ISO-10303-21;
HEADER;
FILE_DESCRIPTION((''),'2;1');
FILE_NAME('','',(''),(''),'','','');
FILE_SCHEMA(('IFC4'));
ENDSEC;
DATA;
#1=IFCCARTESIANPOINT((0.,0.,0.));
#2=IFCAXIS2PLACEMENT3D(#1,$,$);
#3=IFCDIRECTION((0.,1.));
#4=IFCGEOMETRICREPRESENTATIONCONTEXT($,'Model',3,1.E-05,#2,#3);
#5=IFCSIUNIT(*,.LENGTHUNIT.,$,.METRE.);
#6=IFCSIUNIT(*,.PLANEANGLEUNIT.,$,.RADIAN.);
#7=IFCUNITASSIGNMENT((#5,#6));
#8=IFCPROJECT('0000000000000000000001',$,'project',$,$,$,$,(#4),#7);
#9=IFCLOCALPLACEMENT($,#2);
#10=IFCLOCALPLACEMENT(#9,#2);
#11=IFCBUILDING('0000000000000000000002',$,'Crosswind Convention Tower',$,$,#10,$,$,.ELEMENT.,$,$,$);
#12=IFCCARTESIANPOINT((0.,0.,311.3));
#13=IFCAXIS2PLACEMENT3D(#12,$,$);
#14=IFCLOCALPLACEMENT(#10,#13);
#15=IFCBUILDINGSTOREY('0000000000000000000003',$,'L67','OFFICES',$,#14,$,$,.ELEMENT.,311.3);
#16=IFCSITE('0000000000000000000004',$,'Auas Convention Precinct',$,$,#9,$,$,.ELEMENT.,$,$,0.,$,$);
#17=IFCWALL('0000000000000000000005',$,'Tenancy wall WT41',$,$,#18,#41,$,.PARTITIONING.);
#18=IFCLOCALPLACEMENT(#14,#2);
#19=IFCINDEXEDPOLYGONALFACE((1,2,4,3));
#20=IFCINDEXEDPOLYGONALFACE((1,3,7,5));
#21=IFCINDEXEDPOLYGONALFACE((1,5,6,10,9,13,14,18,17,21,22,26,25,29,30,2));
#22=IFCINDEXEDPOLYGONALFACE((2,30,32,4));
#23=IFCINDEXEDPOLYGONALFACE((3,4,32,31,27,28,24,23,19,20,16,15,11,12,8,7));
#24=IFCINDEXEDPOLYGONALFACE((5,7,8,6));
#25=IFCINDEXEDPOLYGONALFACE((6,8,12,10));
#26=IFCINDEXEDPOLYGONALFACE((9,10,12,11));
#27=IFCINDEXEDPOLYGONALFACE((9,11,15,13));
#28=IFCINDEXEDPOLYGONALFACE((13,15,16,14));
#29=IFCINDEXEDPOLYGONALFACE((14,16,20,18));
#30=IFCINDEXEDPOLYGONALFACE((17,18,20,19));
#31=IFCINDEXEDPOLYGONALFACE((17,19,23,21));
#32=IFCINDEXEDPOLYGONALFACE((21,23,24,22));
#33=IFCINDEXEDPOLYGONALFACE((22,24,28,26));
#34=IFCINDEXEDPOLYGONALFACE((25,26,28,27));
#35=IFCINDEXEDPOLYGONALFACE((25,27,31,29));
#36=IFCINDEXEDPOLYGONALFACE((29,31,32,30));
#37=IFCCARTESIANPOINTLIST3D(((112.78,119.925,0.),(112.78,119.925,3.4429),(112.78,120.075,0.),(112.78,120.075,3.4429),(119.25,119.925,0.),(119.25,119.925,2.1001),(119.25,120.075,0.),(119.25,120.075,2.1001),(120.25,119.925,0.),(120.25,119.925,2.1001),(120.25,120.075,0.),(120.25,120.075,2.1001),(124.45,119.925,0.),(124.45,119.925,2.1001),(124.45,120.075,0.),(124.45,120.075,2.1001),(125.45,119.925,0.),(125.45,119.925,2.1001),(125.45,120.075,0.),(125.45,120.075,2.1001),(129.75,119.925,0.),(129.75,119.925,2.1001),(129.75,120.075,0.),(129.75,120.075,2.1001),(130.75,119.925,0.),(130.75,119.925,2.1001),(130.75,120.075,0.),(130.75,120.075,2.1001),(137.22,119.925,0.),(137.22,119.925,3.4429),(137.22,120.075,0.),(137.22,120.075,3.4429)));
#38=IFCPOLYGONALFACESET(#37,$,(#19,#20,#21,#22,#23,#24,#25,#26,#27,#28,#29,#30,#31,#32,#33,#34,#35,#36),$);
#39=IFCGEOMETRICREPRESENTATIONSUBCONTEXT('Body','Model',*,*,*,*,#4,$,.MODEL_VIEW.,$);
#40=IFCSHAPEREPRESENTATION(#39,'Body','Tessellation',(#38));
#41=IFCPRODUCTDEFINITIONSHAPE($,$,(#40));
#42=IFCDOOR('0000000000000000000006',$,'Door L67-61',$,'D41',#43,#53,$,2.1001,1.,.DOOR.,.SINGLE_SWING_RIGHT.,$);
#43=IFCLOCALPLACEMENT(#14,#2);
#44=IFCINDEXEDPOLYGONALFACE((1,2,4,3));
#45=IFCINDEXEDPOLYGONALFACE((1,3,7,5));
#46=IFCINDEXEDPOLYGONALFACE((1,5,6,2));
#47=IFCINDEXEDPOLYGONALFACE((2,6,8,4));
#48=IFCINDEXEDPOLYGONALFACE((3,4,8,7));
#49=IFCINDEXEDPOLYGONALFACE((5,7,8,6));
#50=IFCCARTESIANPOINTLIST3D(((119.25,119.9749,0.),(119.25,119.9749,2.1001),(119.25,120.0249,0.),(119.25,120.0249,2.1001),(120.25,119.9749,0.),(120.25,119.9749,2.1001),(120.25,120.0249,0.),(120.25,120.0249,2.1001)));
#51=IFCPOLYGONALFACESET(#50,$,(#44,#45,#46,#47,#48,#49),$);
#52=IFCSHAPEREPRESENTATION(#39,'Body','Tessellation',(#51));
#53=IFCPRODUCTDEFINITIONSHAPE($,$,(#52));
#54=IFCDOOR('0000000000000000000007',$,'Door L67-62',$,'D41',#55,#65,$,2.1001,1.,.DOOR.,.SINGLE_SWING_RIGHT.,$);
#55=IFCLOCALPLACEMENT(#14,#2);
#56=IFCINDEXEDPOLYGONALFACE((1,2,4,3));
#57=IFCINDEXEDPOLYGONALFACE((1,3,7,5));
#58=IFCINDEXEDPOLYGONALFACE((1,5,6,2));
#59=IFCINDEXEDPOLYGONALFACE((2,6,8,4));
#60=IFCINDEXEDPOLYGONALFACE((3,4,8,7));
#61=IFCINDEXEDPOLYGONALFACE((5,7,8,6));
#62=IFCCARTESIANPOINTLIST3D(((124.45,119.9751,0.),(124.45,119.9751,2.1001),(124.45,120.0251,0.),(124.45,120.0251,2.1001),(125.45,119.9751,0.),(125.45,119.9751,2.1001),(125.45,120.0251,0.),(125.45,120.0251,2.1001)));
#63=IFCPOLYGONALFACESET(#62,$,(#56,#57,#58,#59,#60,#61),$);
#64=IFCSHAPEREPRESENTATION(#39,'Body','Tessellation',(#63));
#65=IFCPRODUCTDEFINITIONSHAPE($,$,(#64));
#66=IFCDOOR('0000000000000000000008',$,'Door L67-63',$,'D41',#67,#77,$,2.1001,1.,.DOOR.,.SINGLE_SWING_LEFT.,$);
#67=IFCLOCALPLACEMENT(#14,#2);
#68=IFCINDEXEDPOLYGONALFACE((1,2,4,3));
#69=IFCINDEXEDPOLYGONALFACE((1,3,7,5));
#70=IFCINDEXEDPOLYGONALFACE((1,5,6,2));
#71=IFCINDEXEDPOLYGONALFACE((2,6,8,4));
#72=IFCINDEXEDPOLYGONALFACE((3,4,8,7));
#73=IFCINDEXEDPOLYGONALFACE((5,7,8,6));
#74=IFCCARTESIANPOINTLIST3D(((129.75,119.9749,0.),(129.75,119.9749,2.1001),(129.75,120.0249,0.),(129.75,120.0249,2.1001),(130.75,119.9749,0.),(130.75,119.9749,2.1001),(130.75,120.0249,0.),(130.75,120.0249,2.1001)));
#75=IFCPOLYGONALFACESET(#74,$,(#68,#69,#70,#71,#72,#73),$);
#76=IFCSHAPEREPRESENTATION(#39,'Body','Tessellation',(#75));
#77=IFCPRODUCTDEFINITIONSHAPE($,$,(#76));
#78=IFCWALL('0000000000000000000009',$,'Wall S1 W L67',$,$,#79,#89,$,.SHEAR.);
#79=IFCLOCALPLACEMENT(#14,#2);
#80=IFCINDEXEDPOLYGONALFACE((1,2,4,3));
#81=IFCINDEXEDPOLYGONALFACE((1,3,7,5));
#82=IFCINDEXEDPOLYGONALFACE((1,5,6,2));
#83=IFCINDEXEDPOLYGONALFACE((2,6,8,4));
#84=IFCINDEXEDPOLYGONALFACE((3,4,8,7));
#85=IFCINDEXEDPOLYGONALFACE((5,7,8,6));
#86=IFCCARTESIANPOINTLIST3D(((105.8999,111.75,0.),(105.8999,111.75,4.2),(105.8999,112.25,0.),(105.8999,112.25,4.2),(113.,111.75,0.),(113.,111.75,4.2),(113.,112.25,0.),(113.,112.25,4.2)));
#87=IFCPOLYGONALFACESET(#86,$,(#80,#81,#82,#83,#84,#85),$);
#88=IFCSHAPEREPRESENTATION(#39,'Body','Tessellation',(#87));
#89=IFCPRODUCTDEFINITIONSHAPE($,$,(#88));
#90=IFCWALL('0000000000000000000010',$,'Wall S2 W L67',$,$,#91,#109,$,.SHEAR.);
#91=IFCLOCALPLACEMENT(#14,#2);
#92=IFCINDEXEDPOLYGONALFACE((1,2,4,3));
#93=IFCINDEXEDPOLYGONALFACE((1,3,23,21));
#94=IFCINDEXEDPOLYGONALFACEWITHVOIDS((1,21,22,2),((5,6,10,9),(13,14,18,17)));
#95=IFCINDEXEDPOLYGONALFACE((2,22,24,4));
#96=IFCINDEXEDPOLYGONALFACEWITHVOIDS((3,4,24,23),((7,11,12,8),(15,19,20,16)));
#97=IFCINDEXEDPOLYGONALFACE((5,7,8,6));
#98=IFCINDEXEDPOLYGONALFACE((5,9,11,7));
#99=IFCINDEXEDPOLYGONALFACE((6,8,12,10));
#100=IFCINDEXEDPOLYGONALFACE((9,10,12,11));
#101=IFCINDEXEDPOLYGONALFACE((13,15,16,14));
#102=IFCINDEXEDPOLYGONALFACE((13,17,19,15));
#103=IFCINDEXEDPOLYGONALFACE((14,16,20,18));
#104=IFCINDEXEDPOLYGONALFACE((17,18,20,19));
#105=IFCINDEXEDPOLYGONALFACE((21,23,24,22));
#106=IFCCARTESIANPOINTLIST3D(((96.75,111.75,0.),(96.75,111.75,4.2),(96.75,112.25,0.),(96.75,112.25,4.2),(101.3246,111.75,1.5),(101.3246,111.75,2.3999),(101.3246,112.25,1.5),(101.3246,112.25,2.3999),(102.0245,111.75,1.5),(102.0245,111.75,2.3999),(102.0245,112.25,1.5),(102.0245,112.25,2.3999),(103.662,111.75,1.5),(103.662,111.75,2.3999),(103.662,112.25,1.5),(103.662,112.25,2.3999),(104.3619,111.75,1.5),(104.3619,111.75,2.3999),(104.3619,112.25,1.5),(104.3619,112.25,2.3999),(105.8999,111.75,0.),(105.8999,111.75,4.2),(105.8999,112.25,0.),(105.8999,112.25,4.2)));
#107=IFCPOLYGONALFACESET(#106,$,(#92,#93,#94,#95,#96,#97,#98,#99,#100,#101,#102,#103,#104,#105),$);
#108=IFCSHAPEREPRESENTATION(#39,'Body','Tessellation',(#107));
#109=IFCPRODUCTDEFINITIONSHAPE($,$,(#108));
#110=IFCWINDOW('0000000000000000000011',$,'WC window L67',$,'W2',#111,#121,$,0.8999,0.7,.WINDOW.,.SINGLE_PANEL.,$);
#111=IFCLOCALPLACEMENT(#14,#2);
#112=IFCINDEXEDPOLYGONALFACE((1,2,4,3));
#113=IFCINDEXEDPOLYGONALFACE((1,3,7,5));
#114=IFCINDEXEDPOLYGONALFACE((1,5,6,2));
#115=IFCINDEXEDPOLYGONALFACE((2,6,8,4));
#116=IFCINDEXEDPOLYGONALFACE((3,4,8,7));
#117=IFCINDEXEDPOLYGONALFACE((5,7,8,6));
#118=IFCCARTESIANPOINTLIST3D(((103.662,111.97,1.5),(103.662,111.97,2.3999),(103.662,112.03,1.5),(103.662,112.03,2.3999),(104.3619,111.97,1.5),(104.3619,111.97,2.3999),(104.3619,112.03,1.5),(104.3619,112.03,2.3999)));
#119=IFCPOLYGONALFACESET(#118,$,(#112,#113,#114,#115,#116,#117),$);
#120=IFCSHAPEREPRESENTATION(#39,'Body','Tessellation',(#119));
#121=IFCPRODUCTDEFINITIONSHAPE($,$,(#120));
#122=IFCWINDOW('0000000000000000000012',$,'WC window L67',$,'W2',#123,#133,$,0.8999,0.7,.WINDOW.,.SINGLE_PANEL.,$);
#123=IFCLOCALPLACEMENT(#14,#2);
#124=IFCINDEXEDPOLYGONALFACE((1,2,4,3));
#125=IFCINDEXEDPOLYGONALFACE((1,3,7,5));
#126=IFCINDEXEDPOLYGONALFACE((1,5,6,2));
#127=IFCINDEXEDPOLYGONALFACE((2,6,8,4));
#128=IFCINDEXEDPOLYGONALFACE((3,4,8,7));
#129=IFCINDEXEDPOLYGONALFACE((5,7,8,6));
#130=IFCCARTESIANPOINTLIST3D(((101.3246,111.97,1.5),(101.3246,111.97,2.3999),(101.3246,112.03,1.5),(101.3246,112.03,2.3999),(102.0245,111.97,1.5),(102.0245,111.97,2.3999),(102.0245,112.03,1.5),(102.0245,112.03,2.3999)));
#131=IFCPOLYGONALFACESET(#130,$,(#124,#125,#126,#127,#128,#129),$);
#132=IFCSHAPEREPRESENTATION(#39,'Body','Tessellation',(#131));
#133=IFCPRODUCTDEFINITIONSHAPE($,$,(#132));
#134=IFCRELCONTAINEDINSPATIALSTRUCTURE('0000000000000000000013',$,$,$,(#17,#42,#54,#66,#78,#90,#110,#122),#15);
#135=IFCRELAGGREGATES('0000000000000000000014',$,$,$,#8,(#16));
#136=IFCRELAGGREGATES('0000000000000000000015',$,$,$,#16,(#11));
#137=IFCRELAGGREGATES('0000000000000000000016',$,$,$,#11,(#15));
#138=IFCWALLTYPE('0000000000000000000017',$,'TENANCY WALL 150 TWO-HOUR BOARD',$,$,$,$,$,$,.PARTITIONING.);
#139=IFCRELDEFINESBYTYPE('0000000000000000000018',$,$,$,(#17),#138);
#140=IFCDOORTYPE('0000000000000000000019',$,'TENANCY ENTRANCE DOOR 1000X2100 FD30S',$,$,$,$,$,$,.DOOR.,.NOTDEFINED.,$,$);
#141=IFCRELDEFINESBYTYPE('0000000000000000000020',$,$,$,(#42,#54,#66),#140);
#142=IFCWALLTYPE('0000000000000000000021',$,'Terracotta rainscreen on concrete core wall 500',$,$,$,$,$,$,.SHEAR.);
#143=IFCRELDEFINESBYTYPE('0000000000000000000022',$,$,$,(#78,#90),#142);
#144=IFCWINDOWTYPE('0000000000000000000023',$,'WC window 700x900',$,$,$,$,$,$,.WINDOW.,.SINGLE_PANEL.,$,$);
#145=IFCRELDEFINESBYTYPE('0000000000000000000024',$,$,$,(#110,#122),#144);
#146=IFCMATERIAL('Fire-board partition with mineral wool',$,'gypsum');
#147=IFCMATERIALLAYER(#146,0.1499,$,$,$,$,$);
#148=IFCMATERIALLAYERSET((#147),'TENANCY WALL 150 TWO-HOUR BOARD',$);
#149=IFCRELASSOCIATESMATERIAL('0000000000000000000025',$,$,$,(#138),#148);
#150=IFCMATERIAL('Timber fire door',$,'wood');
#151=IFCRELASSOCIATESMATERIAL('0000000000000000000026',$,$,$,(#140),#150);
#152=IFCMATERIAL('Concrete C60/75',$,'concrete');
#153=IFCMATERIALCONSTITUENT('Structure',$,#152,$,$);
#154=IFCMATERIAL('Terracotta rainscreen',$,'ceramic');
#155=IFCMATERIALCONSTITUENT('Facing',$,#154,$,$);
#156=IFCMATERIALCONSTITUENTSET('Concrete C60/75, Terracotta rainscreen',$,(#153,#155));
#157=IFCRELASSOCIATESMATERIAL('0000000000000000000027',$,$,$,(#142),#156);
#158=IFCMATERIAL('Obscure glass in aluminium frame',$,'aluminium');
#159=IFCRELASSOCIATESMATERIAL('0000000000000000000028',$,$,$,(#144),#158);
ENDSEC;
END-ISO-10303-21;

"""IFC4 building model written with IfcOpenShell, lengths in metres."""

from ifc_helpers import new_model, si_unit, direction, frame, frame_2d, origin, place, context, subcontext, project, spatial, rectangle, extrude, material, layer, layer_set, constituent, constituent_set, type_object, element, fill, save


model = new_model("IFC4")

# Units and contexts
model_context = context("Model", 3, precision=1e-05, world=origin(), true_north=direction((0.0, 1.0)))
body_context = subcontext(model_context, "Body", "Model", "MODEL_VIEW")
ifc_project = project(units=[si_unit("LENGTHUNIT", "METRE"), si_unit("PLANEANGLEUNIT", "RADIAN")], contexts=[model_context])

# Site, building, storey
site_placement = place(None, origin())
site = spatial("IfcSite", under=ifc_project, at=site_placement, Name="Auas Convention Precinct", CompositionType="ELEMENT", RefElevation=0.0)
building_placement = place(site_placement, origin())
building = spatial("IfcBuilding", under=site, at=building_placement, Name="Crosswind Convention Tower", CompositionType="ELEMENT")
storey_placement = place(building_placement, frame((0.0, 0.0, 311.3)))
storey = spatial("IfcBuildingStorey", under=building, at=storey_placement, Name="L67", Description="OFFICES", CompositionType="ELEMENT", Elevation=311.3)

# Shared definitions
ifc_material_1 = material(Name="Concrete C60/75", Category="concrete")

# Wall, openings, doors
ifc_material_2 = material(Name="Fire-board partition with mineral wool", Category="gypsum")
ifc_layer_1 = layer(ifc_material_2, 0.1499)
ifc_layer_set_1 = layer_set([ifc_layer_1], Name="TENANCY WALL 150 TWO-HOUR BOARD")
wall_type_1 = type_object("IfcWallType", Name="TENANCY WALL 150 TWO-HOUR BOARD", PredefinedType="PARTITIONING", material=ifc_layer_set_1)
wall_1_placement = place(storey_placement, frame((112.78, 120.0, 0.0), z_axis=(0.0, 0.0, 1.0), x_axis=(1.0, 0.0, 0.0)))
wall_1 = element("IfcWall", 1, at=wall_1_placement, inside=storey, type_object=wall_type_1, Name="Tenancy wall WT41", PredefinedType="PARTITIONING", context=body_context, shape_type="SweptSolid", body=[
    extrude(rectangle(XDim=24.4399, YDim=0.1499, at=frame_2d((12.22, 0.0))), origin(), (0.0, 0.0, 1.0), 3.4429),
])
opening_1_placement = place(wall_1_placement, frame((6.47, 0.0, 0.0)))
opening_1 = element("IfcOpeningElement", 2, at=opening_1_placement, cuts=wall_1, PredefinedType="OPENING", context=body_context, shape_type="SweptSolid", body=[
    extrude(rectangle(XDim=1.0, YDim=2.1001, at=frame_2d((0.5, 1.05))), frame((0.0, 0.085, 0.0), z_axis=(0.0, -1.0, 0.0), x_axis=(1.0, 0.0, 0.0)), (0.0, 0.0, 1.0), 0.1699),
])
opening_2_placement = place(wall_1_placement, frame((11.6699, 0.0, 0.0)))
opening_2 = element("IfcOpeningElement", 3, at=opening_2_placement, cuts=wall_1, PredefinedType="OPENING", context=body_context, shape_type="SweptSolid", body=[
    extrude(rectangle(XDim=1.0, YDim=2.1001, at=frame_2d((0.5, 1.05))), frame((0.0, 0.085, 0.0), z_axis=(0.0, -1.0, 0.0), x_axis=(1.0, 0.0, 0.0)), (0.0, 0.0, 1.0), 0.1699),
])
opening_3_placement = place(wall_1_placement, frame((16.97, 0.0, 0.0)))
opening_3 = element("IfcOpeningElement", 4, at=opening_3_placement, cuts=wall_1, PredefinedType="OPENING", context=body_context, shape_type="SweptSolid", body=[
    extrude(rectangle(XDim=1.0, YDim=2.1001, at=frame_2d((0.5, 1.05))), frame((0.0, 0.085, 0.0), z_axis=(0.0, -1.0, 0.0), x_axis=(1.0, 0.0, 0.0)), (0.0, 0.0, 1.0), 0.1699),
])
ifc_material_3 = material(Name="Timber fire door", Category="wood")
door_type_1 = type_object("IfcDoorType", Name="TENANCY ENTRANCE DOOR 1000X2100 FD30S", OperationType="NOTDEFINED", PredefinedType="DOOR", material=ifc_material_3)
door_1_placement = place(opening_1_placement, origin())
door_1 = element("IfcDoor", 5, at=door_1_placement, inside=storey, type_object=door_type_1, Name="Door L67-61", ObjectType="D41", OperationType="SINGLE_SWING_RIGHT", OverallHeight=2.1001, OverallWidth=1.0, PredefinedType="DOOR", context=body_context, shape_type="SweptSolid", body=[
    extrude(rectangle(XDim=1.0, YDim=2.1001, at=frame_2d((0.5, 1.05))), frame((0.0, 0.0249, 0.0), z_axis=(0.0, -1.0, 0.0), x_axis=(1.0, 0.0, 0.0)), (0.0, 0.0, 1.0), 0.05),
])
fill(opening_1, door_1)
door_2_placement = place(opening_2_placement, frame((1.0, 0.0, 0.0), z_axis=(0.0, 0.0, 1.0), x_axis=(-1.0, 0.0, 0.0)))
door_2 = element("IfcDoor", 6, at=door_2_placement, inside=storey, type_object=door_type_1, Name="Door L67-62", ObjectType="D41", OperationType="SINGLE_SWING_RIGHT", OverallHeight=2.1001, OverallWidth=1.0, PredefinedType="DOOR", context=body_context, shape_type="SweptSolid", body=[
    extrude(rectangle(XDim=1.0, YDim=2.1001, at=frame_2d((0.5, 1.05))), frame((0.0, 0.0249, 0.0), z_axis=(0.0, -1.0, 0.0), x_axis=(1.0, 0.0, 0.0)), (0.0, 0.0, 1.0), 0.05),
])
fill(opening_2, door_2)
door_3_placement = place(opening_3_placement, origin())
door_3 = element("IfcDoor", 7, at=door_3_placement, inside=storey, type_object=door_type_1, Name="Door L67-63", ObjectType="D41", OperationType="SINGLE_SWING_LEFT", OverallHeight=2.1001, OverallWidth=1.0, PredefinedType="DOOR", context=body_context, shape_type="SweptSolid", body=[
    extrude(rectangle(XDim=1.0, YDim=2.1001, at=frame_2d((0.5, 1.05))), frame((0.0, 0.0249, 0.0), z_axis=(0.0, -1.0, 0.0), x_axis=(1.0, 0.0, 0.0)), (0.0, 0.0, 1.0), 0.05),
])
fill(opening_3, door_3)

# Shared definitions
ifc_material_4 = material(Name="Terracotta rainscreen", Category="ceramic")

# Wall
ifc_constituent_1 = constituent(ifc_material_1, Name="Structure")
ifc_constituent_2 = constituent(ifc_material_4, Name="Facing")
ifc_constituent_set = constituent_set(constituents=[ifc_constituent_1, ifc_constituent_2], Name="Concrete C60/75, Terracotta rainscreen")
wall_type_2 = type_object("IfcWallType", Name="Terracotta rainscreen on concrete core wall 500", PredefinedType="SHEAR", material=ifc_constituent_set)
wall_2_placement = place(storey_placement, frame((113.0, 112.0, 0.0), z_axis=(0.0, 0.0, 1.0), x_axis=(-1.0, 0.0, 0.0)))
element("IfcWall", 8, at=wall_2_placement, inside=storey, type_object=wall_type_2, Name="Wall S1 W L67", PredefinedType="SHEAR", context=body_context, shape_type="SweptSolid", body=[
    extrude(rectangle(XDim=7.1001, YDim=0.5, at=frame_2d((3.55, 0.0))), origin(), (0.0, 0.0, 1.0), 4.2),
])

# Wall, openings, windows
wall_3_placement = place(storey_placement, frame((105.8999, 112.0, 0.0), z_axis=(0.0, 0.0, 1.0), x_axis=(-1.0, 0.0, 0.0)))
wall_3 = element("IfcWall", 9, at=wall_3_placement, inside=storey, type_object=wall_type_2, Name="Wall S2 W L67", PredefinedType="SHEAR", context=body_context, shape_type="SweptSolid", body=[
    extrude(rectangle(XDim=9.1499, YDim=0.5, at=frame_2d((4.575, 0.0))), origin(), (0.0, 0.0, 1.0), 4.2),
])
opening_4_placement = place(wall_3_placement, frame((1.5378, 0.0, 1.5)))
opening_4 = element("IfcOpeningElement", 10, at=opening_4_placement, cuts=wall_3, PredefinedType="OPENING", context=body_context, shape_type="SweptSolid", body=[
    extrude(rectangle(XDim=0.7, YDim=0.8999, at=frame_2d((0.3501, 0.45))), frame((0.0, 0.26, 0.0), z_axis=(0.0, -1.0, 0.0), x_axis=(1.0, 0.0, 0.0)), (0.0, 0.0, 1.0), 0.52),
])
opening_5_placement = place(wall_3_placement, frame((3.8752, 0.0, 1.5)))
opening_5 = element("IfcOpeningElement", 11, at=opening_5_placement, cuts=wall_3, PredefinedType="OPENING", context=body_context, shape_type="SweptSolid", body=[
    extrude(rectangle(XDim=0.7, YDim=0.8999, at=frame_2d((0.3501, 0.45))), frame((0.0, 0.26, 0.0), z_axis=(0.0, -1.0, 0.0), x_axis=(1.0, 0.0, 0.0)), (0.0, 0.0, 1.0), 0.52),
])
ifc_material_5 = material(Name="Obscure glass in aluminium frame", Category="aluminium")
window_type = type_object("IfcWindowType", Name="WC window 700x900", PartitioningType="SINGLE_PANEL", PredefinedType="WINDOW", material=ifc_material_5)
window_1_placement = place(opening_4_placement, origin())
window_1 = element("IfcWindow", 12, at=window_1_placement, inside=storey, type_object=window_type, Name="WC window L67", ObjectType="W2", OverallHeight=0.8999, OverallWidth=0.7, PartitioningType="SINGLE_PANEL", PredefinedType="WINDOW", context=body_context, shape_type="SweptSolid", body=[
    extrude(rectangle(XDim=0.7, YDim=0.8999, at=frame_2d((0.3501, 0.45))), frame((0.0, 0.03, 0.0), z_axis=(0.0, -1.0, 0.0), x_axis=(1.0, 0.0, 0.0)), (0.0, 0.0, 1.0), 0.0601),
])
fill(opening_4, window_1)
window_2_placement = place(opening_5_placement, origin())
window_2 = element("IfcWindow", 13, at=window_2_placement, inside=storey, type_object=window_type, Name="WC window L67", ObjectType="W2", OverallHeight=0.8999, OverallWidth=0.7, PartitioningType="SINGLE_PANEL", PredefinedType="WINDOW", context=body_context, shape_type="SweptSolid", body=[
    extrude(rectangle(XDim=0.7, YDim=0.8999, at=frame_2d((0.3501, 0.45))), frame((0.0, 0.03, 0.0), z_axis=(0.0, -1.0, 0.0), x_axis=(1.0, 0.0, 0.0)), (0.0, 0.0, 1.0), 0.0601),
])
fill(opening_5, window_2)

save(model, "model.ifc")
